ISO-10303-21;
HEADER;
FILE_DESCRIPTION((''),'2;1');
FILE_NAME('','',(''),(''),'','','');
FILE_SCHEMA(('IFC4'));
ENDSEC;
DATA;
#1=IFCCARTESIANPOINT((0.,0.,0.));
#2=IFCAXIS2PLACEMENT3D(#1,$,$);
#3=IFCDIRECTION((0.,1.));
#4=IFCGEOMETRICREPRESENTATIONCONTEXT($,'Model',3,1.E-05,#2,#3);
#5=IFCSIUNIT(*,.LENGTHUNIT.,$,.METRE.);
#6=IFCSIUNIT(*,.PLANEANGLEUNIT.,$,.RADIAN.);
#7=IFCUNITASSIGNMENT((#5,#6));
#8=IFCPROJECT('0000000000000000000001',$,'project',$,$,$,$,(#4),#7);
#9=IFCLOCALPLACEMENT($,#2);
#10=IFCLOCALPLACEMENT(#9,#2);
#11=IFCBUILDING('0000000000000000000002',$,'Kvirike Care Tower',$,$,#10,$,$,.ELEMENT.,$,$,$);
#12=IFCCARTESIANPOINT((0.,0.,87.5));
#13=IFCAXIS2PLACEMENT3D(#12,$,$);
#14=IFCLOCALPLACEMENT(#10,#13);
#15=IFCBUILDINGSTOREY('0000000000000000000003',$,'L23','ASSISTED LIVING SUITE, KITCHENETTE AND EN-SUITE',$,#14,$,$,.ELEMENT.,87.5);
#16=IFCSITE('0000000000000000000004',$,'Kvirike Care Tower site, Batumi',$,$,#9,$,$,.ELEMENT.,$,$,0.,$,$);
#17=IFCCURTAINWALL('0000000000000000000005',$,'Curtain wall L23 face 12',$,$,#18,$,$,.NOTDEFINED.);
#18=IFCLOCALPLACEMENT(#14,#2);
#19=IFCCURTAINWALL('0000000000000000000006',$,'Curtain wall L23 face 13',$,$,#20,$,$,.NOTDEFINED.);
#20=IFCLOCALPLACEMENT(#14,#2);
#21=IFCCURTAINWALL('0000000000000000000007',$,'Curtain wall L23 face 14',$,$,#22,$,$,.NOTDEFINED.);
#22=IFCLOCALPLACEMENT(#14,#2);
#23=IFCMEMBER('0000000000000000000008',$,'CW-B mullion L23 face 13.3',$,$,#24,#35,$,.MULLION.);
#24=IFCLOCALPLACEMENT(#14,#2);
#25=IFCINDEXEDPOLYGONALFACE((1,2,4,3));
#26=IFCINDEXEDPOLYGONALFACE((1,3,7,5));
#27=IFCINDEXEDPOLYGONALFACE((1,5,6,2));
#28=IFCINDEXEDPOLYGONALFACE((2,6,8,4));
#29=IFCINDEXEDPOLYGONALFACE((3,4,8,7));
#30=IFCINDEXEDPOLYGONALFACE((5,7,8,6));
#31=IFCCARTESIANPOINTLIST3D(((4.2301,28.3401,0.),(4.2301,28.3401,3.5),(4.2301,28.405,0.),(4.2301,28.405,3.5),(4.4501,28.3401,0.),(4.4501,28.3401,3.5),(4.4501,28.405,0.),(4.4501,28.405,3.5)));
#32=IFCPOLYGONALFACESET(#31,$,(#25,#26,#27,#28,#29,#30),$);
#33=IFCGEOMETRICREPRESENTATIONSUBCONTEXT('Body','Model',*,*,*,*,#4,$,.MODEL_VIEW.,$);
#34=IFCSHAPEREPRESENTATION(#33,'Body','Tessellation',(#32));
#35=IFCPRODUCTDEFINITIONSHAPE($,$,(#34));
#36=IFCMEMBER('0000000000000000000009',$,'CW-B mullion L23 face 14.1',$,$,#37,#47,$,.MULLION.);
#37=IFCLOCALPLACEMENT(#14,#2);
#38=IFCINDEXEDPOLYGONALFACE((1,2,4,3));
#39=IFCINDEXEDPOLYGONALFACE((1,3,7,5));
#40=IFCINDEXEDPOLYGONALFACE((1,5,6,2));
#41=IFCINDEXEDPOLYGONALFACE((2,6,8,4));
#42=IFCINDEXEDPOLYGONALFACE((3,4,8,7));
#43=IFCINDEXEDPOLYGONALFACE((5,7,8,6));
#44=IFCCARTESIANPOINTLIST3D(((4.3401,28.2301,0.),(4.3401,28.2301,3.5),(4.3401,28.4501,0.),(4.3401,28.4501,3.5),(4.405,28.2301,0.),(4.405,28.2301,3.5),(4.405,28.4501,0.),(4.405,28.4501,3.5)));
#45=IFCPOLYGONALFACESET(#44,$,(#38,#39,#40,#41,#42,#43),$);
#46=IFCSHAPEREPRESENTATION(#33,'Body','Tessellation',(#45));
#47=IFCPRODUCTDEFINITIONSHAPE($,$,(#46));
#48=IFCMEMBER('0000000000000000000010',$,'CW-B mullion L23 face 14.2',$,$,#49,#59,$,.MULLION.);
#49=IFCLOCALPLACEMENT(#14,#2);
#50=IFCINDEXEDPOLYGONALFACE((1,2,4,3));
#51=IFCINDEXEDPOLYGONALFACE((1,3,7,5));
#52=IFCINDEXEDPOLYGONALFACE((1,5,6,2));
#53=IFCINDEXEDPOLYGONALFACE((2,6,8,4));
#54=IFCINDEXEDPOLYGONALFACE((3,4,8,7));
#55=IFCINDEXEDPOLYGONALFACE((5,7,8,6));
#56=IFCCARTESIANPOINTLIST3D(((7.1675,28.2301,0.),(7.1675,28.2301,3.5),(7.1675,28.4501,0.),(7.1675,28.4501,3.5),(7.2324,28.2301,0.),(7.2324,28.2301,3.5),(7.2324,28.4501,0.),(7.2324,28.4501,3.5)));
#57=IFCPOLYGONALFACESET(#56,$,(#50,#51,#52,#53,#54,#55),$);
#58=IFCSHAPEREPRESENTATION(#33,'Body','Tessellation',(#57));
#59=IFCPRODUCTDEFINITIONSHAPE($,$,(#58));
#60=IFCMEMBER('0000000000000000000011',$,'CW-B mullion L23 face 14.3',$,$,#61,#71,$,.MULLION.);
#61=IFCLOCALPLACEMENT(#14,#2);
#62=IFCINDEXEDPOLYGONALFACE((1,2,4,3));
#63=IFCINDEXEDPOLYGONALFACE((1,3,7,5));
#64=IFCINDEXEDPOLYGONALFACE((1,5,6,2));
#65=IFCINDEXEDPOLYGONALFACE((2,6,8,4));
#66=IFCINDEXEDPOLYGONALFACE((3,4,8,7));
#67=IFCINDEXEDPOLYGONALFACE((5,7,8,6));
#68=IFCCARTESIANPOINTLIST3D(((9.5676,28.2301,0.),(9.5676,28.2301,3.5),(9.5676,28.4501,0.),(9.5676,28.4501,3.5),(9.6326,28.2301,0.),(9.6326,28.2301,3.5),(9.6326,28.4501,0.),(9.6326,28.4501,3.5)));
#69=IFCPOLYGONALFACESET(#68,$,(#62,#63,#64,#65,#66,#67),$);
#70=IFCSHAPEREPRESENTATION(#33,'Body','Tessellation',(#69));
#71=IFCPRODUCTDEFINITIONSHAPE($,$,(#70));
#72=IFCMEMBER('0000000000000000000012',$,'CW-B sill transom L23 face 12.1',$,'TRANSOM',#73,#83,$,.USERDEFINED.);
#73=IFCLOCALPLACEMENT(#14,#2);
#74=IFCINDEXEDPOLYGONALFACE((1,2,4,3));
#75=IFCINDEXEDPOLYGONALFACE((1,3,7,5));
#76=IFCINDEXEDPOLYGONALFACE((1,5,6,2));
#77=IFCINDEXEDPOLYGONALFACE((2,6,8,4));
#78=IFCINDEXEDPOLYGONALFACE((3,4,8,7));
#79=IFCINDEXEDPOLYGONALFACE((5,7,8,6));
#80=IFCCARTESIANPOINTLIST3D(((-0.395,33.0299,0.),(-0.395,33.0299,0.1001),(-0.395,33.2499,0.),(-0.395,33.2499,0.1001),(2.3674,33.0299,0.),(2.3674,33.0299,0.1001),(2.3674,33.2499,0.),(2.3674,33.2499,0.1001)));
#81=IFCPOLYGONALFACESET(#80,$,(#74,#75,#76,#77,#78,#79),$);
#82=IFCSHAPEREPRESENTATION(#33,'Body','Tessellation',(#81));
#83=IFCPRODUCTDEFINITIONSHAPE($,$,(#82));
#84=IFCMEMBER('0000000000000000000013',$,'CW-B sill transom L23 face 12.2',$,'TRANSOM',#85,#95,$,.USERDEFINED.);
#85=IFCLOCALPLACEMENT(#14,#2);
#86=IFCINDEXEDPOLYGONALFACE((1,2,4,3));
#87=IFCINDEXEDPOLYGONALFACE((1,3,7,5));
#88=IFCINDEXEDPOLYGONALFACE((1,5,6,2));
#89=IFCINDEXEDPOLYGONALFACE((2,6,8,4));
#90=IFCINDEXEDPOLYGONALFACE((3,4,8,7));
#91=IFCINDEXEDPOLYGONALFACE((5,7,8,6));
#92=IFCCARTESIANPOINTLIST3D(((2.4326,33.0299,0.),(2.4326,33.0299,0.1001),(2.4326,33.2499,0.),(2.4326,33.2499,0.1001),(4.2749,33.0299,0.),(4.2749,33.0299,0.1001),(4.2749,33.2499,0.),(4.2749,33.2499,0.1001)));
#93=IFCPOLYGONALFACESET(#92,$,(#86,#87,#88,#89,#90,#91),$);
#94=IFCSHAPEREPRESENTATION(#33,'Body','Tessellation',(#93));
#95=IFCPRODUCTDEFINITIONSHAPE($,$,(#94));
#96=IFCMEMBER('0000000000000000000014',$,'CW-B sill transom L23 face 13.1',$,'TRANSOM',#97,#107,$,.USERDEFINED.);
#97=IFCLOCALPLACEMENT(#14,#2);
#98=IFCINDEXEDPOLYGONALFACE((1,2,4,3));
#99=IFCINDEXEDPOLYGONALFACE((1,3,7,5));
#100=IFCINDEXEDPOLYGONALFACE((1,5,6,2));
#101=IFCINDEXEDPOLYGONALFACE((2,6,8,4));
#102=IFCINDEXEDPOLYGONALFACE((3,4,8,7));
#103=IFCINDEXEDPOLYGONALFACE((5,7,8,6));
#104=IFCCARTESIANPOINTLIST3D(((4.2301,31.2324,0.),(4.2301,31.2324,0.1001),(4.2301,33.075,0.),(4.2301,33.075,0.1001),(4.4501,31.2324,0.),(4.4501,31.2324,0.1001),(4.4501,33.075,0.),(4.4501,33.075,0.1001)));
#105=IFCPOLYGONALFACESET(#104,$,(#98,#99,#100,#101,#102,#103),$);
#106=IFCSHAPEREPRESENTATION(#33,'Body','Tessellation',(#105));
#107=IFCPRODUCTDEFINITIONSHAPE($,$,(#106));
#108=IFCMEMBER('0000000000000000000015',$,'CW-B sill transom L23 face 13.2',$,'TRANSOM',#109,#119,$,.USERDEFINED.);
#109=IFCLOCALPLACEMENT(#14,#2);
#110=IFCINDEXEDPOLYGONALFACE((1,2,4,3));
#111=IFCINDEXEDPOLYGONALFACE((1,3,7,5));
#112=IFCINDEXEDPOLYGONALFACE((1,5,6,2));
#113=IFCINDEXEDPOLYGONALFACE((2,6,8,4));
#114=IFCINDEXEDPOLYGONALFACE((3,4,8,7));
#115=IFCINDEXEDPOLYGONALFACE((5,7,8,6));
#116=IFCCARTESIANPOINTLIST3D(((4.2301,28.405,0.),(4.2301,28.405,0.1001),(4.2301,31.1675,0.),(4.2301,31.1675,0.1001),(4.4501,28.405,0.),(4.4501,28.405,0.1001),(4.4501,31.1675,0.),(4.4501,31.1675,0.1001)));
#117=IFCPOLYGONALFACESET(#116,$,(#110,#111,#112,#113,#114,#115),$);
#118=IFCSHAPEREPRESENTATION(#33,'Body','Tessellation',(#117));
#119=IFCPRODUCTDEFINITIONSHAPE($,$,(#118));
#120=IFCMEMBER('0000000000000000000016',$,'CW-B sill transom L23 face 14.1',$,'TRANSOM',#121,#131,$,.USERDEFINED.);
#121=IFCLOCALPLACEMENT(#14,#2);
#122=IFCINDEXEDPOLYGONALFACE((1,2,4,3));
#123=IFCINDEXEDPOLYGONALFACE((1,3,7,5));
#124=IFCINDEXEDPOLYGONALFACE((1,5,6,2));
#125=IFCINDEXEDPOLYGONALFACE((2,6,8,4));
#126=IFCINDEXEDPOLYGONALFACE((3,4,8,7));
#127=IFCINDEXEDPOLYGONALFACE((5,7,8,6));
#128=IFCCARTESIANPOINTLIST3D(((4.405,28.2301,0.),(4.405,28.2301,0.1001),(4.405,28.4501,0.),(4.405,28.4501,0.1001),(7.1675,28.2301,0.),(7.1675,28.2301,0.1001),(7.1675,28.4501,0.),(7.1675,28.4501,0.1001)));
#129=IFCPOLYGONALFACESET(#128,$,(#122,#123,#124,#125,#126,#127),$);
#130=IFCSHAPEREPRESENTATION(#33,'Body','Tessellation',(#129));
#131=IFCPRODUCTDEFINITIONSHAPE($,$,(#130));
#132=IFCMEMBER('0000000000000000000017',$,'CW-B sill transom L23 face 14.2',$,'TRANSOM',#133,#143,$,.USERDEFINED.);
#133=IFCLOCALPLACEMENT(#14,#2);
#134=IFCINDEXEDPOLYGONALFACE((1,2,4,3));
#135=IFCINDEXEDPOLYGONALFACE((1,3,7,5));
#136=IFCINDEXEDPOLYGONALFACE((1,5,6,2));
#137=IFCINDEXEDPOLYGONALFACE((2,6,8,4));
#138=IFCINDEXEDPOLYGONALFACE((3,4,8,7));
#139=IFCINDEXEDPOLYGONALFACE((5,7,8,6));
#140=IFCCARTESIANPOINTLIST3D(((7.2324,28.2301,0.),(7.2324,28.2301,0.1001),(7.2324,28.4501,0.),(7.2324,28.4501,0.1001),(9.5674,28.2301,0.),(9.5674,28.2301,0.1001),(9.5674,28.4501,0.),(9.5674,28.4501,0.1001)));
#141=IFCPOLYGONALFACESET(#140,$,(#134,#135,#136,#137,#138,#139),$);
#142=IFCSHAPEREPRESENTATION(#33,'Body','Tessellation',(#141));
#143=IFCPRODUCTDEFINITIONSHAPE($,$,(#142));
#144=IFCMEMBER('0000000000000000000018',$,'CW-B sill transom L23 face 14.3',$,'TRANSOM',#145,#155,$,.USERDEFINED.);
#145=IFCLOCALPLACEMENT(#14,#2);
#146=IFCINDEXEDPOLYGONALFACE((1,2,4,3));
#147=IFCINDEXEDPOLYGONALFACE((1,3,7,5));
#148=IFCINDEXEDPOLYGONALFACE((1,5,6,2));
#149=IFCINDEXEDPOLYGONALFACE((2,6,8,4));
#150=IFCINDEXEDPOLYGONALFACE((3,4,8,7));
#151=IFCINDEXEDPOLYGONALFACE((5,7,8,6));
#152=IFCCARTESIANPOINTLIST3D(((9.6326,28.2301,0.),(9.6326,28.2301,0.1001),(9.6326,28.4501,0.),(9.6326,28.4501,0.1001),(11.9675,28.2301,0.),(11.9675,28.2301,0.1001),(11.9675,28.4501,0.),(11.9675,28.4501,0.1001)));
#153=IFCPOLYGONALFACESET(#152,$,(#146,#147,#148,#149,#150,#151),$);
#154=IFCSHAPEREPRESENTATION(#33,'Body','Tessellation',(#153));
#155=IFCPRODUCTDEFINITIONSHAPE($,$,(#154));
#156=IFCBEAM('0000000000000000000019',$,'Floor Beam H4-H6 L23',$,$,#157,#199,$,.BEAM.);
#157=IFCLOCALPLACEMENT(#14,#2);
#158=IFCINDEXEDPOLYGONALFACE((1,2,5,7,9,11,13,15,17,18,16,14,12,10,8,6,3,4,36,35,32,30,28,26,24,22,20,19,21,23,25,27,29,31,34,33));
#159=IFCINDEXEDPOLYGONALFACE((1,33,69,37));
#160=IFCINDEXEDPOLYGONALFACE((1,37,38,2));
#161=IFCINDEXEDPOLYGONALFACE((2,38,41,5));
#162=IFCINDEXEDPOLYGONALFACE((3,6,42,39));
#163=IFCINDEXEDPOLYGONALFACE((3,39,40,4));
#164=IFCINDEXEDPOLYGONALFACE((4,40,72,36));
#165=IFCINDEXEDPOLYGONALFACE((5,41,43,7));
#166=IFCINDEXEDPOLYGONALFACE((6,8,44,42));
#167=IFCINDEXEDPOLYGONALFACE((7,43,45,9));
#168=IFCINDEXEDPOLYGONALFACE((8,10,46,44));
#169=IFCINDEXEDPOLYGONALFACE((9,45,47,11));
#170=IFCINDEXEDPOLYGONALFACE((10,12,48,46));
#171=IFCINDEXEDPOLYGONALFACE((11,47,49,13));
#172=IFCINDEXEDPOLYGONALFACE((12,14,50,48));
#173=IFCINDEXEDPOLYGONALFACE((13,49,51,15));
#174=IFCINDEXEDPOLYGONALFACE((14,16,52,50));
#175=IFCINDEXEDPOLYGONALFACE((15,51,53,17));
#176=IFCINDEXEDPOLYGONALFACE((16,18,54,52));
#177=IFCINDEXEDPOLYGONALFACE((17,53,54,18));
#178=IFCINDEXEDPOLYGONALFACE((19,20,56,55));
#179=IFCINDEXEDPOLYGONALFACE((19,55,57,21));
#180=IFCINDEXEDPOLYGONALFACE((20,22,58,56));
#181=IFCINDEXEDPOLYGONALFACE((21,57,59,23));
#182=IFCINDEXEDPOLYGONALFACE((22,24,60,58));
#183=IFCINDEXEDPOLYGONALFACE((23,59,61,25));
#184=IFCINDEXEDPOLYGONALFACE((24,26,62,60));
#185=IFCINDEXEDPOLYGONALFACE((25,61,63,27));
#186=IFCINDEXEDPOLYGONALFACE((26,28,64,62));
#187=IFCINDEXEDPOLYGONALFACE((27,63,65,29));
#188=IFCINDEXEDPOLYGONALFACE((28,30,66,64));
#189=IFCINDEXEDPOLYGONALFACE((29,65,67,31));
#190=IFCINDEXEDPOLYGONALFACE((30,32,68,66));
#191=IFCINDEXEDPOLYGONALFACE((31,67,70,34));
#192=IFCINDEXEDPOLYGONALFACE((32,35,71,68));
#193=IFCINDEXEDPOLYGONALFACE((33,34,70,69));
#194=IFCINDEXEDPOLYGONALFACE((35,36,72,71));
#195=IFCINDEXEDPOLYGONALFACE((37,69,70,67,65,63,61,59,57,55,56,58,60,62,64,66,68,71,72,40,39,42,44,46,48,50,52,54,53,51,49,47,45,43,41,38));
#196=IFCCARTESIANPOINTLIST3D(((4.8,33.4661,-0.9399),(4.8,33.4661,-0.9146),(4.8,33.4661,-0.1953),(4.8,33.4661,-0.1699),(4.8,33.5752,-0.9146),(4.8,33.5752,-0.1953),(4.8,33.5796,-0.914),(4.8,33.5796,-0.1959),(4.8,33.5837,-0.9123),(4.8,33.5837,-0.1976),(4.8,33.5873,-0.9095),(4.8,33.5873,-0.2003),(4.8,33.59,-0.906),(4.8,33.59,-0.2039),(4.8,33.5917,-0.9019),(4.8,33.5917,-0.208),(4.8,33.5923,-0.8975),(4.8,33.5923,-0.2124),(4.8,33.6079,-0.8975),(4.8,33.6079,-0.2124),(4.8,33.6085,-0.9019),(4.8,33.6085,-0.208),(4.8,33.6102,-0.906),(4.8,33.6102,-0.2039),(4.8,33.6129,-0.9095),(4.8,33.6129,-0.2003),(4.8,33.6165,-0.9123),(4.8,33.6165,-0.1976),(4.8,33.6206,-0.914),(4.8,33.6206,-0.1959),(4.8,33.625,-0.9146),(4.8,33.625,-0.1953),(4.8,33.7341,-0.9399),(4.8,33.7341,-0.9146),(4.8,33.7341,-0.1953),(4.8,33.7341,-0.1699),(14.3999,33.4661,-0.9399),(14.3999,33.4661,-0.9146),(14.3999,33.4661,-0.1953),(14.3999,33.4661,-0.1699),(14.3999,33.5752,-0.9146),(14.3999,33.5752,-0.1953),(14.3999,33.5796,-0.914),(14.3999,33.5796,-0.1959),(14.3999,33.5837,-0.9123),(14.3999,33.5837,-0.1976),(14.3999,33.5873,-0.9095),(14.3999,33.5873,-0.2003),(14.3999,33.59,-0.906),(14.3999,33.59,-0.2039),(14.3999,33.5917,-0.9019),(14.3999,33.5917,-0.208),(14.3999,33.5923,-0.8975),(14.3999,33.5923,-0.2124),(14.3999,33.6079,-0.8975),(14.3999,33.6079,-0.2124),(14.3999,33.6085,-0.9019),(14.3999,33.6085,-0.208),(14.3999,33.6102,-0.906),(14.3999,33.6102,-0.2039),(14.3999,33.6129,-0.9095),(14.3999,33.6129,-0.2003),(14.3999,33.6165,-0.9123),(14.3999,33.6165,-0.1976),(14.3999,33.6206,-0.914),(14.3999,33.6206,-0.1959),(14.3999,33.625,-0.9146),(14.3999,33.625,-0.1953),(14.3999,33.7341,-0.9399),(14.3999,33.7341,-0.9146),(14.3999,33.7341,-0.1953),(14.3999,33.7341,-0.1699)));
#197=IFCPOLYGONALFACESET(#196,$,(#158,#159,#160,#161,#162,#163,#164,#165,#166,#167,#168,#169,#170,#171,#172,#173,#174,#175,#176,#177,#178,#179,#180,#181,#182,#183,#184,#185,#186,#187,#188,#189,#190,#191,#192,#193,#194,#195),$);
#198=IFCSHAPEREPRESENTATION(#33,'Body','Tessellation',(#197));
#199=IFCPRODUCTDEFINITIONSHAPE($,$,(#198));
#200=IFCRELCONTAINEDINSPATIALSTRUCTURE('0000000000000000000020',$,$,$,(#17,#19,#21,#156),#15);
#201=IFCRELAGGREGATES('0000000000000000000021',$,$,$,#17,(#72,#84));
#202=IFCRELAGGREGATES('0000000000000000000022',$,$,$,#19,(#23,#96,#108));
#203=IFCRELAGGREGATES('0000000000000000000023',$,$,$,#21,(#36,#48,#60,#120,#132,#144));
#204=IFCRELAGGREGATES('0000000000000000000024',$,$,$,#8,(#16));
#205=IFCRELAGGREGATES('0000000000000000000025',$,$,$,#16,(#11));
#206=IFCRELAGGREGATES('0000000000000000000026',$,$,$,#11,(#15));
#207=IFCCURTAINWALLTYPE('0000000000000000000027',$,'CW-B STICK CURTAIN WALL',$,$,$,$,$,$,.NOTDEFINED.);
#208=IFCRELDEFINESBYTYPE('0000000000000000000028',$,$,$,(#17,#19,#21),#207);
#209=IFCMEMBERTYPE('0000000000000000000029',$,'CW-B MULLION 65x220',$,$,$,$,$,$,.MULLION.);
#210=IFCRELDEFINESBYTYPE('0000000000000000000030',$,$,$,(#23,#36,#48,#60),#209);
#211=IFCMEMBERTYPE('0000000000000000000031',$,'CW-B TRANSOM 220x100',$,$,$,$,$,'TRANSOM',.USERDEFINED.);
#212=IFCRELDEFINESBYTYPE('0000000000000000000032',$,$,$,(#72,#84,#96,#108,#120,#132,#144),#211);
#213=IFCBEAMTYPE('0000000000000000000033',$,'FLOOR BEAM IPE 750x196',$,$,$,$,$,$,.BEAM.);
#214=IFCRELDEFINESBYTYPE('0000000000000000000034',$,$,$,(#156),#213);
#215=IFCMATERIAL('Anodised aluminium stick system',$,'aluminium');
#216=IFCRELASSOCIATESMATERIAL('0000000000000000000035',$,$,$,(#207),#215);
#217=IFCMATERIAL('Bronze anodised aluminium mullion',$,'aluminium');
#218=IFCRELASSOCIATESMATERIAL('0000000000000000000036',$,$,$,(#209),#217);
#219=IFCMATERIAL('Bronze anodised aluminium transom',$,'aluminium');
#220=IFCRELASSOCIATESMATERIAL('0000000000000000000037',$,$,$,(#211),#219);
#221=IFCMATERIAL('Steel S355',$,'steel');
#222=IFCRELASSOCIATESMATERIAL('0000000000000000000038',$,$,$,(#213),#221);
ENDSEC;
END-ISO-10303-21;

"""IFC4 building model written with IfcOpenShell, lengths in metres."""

from ifc_helpers import new_model, si_unit, direction, frame, origin, origin_2d, place, context, subcontext, project, spatial, rectangle, i_section, extrude, material, material_profile, profile_set, type_object, element, aggregate, save


model = new_model("IFC4")

# Units and contexts
model_context = context("Model", 3, precision=1e-05, world=origin(), true_north=direction((0.0, 1.0)))
body_context = subcontext(model_context, "Body", "Model", "MODEL_VIEW")
ifc_project = project(units=[si_unit("LENGTHUNIT", "METRE"), si_unit("PLANEANGLEUNIT", "RADIAN")], contexts=[model_context])

# Site, building, storey
site_placement = place(None, origin())
site = spatial("IfcSite", under=ifc_project, at=site_placement, Name="Kvirike Care Tower site, Batumi", CompositionType="ELEMENT", RefElevation=0.0)
building_placement = place(site_placement, origin())
building = spatial("IfcBuilding", under=site, at=building_placement, Name="Kvirike Care Tower", CompositionType="ELEMENT")
storey_placement = place(building_placement, frame((0.0, 0.0, 87.5)))
storey = spatial("IfcBuildingStorey", under=building, at=storey_placement, Name="L23", Description="ASSISTED LIVING SUITE, KITCHENETTE AND EN-SUITE", CompositionType="ELEMENT", Elevation=87.5)

# Curtain walls
ifc_material_1 = material(Name="Anodised aluminium stick system", Category="aluminium")
curtain_wall_type = type_object("IfcCurtainWallType", Name="CW-B STICK CURTAIN WALL", PredefinedType="NOTDEFINED", material=ifc_material_1)
curtain_wall_1_placement = place(storey_placement, origin())
curtain_wall_1 = element("IfcCurtainWall", 1, at=curtain_wall_1_placement, inside=storey, type_object=curtain_wall_type, Name="Curtain wall L23 face 12", PredefinedType="NOTDEFINED")
curtain_wall_2_placement = place(storey_placement, origin())
curtain_wall_2 = element("IfcCurtainWall", 2, at=curtain_wall_2_placement, inside=storey, type_object=curtain_wall_type, Name="Curtain wall L23 face 13", PredefinedType="NOTDEFINED")
curtain_wall_3_placement = place(storey_placement, origin())
curtain_wall_3 = element("IfcCurtainWall", 3, at=curtain_wall_3_placement, inside=storey, type_object=curtain_wall_type, Name="Curtain wall L23 face 14", PredefinedType="NOTDEFINED")
ifc_material_2 = material(Name="Bronze anodised aluminium mullion", Category="aluminium")
ifc_material_profile_1 = material_profile(ifc_material_2, rectangle(XDim=0.0649, YDim=0.22, at=origin_2d()), Name="CW-B MULLION 65x220")
ifc_profile_set_1 = profile_set([ifc_material_profile_1], Name="Bronze anodised aluminium mullion")
member_type_1 = type_object("IfcMemberType", Name="CW-B MULLION 65x220", PredefinedType="MULLION", material=ifc_profile_set_1)

# Members
member_1_placement = place(storey_placement, frame((4.3401, 28.3726, 0.0), z_axis=(0.0, 0.0, 1.0), x_axis=(0.0, -1.0, 0.0)))
member_1 = element("IfcMember", 4, at=member_1_placement, type_object=member_type_1, Name="CW-B mullion L23 face 13.3", PredefinedType="MULLION", context=body_context, shape_type="SweptSolid", body=[
    extrude(rectangle(XDim=0.0649, YDim=0.22, at=origin_2d()), origin(), (0.0, 0.0, 1.0), 3.5),
])
member_2_placement = place(storey_placement, frame((4.3726, 28.3401, 0.0), z_axis=(0.0, 0.0, 1.0), x_axis=(1.0, 0.0, 0.0)))
member_2 = element("IfcMember", 5, at=member_2_placement, type_object=member_type_1, Name="CW-B mullion L23 face 14.1", PredefinedType="MULLION", context=body_context, shape_type="SweptSolid", body=[
    extrude(rectangle(XDim=0.0649, YDim=0.22, at=origin_2d()), origin(), (0.0, 0.0, 1.0), 3.5),
])
member_3_placement = place(storey_placement, frame((7.2, 28.3401, 0.0), z_axis=(0.0, 0.0, 1.0), x_axis=(1.0, 0.0, 0.0)))
member_3 = element("IfcMember", 6, at=member_3_placement, type_object=member_type_1, Name="CW-B mullion L23 face 14.2", PredefinedType="MULLION", context=body_context, shape_type="SweptSolid", body=[
    extrude(rectangle(XDim=0.0649, YDim=0.22, at=origin_2d()), origin(), (0.0, 0.0, 1.0), 3.5),
])
member_4_placement = place(storey_placement, frame((9.6001, 28.3401, 0.0), z_axis=(0.0, 0.0, 1.0), x_axis=(1.0, 0.0, 0.0)))
member_4 = element("IfcMember", 7, at=member_4_placement, type_object=member_type_1, Name="CW-B mullion L23 face 14.3", PredefinedType="MULLION", context=body_context, shape_type="SweptSolid", body=[
    extrude(rectangle(XDim=0.0649, YDim=0.22, at=origin_2d()), origin(), (0.0, 0.0, 1.0), 3.5),
])
ifc_material_3 = material(Name="Bronze anodised aluminium transom", Category="aluminium")
ifc_material_profile_2 = material_profile(ifc_material_3, rectangle(XDim=0.22, YDim=0.1001, at=origin_2d()), Name="CW-B TRANSOM 220x100")
ifc_profile_set_2 = profile_set([ifc_material_profile_2], Name="Bronze anodised aluminium transom")
member_type_2 = type_object("IfcMemberType", Name="CW-B TRANSOM 220x100", ElementType="TRANSOM", PredefinedType="USERDEFINED", material=ifc_profile_set_2)
member_5_placement = place(storey_placement, frame((-0.395, 33.1399, 0.05), z_axis=(1.0, 0.0, 0.0), x_axis=(0.0, 1.0, 0.0)))
member_5 = element("IfcMember", 8, at=member_5_placement, type_object=member_type_2, Name="CW-B sill transom L23 face 12.1", ObjectType="TRANSOM", PredefinedType="USERDEFINED", context=body_context, shape_type="SweptSolid", body=[
    extrude(rectangle(XDim=0.22, YDim=0.1001, at=origin_2d()), origin(), (0.0, 0.0, 1.0), 2.7625),
])
member_6_placement = place(storey_placement, frame((2.4326, 33.1399, 0.05), z_axis=(1.0, 0.0, 0.0), x_axis=(0.0, 1.0, 0.0)))
member_6 = element("IfcMember", 9, at=member_6_placement, type_object=member_type_2, Name="CW-B sill transom L23 face 12.2", ObjectType="TRANSOM", PredefinedType="USERDEFINED", context=body_context, shape_type="SweptSolid", body=[
    extrude(rectangle(XDim=0.22, YDim=0.1001, at=origin_2d()), origin(), (0.0, 0.0, 1.0), 1.8423),
])
member_7_placement = place(storey_placement, frame((4.3401, 33.075, 0.05), z_axis=(0.0, -1.0, 0.0), x_axis=(1.0, 0.0, 0.0)))
member_7 = element("IfcMember", 10, at=member_7_placement, type_object=member_type_2, Name="CW-B sill transom L23 face 13.1", ObjectType="TRANSOM", PredefinedType="USERDEFINED", context=body_context, shape_type="SweptSolid", body=[
    extrude(rectangle(XDim=0.22, YDim=0.1001, at=origin_2d()), origin(), (0.0, 0.0, 1.0), 1.8425),
])
member_8_placement = place(storey_placement, frame((4.3401, 31.1675, 0.05), z_axis=(0.0, -1.0, 0.0), x_axis=(1.0, 0.0, 0.0)))
member_8 = element("IfcMember", 11, at=member_8_placement, type_object=member_type_2, Name="CW-B sill transom L23 face 13.2", ObjectType="TRANSOM", PredefinedType="USERDEFINED", context=body_context, shape_type="SweptSolid", body=[
    extrude(rectangle(XDim=0.22, YDim=0.1001, at=origin_2d()), origin(), (0.0, 0.0, 1.0), 2.7625),
])
member_9_placement = place(storey_placement, frame((4.405, 28.3401, 0.05), z_axis=(1.0, 0.0, 0.0), x_axis=(0.0, 1.0, 0.0)))
member_9 = element("IfcMember", 12, at=member_9_placement, type_object=member_type_2, Name="CW-B sill transom L23 face 14.1", ObjectType="TRANSOM", PredefinedType="USERDEFINED", context=body_context, shape_type="SweptSolid", body=[
    extrude(rectangle(XDim=0.22, YDim=0.1001, at=origin_2d()), origin(), (0.0, 0.0, 1.0), 2.7625),
])
member_10_placement = place(storey_placement, frame((7.2324, 28.3401, 0.05), z_axis=(1.0, 0.0, 0.0), x_axis=(0.0, 1.0, 0.0)))
member_10 = element("IfcMember", 13, at=member_10_placement, type_object=member_type_2, Name="CW-B sill transom L23 face 14.2", ObjectType="TRANSOM", PredefinedType="USERDEFINED", context=body_context, shape_type="SweptSolid", body=[
    extrude(rectangle(XDim=0.22, YDim=0.1001, at=origin_2d()), origin(), (0.0, 0.0, 1.0), 2.335),
])
member_11_placement = place(storey_placement, frame((9.6326, 28.3401, 0.05), z_axis=(1.0, 0.0, 0.0), x_axis=(0.0, 1.0, 0.0)))
member_11 = element("IfcMember", 14, at=member_11_placement, type_object=member_type_2, Name="CW-B sill transom L23 face 14.3", ObjectType="TRANSOM", PredefinedType="USERDEFINED", context=body_context, shape_type="SweptSolid", body=[
    extrude(rectangle(XDim=0.22, YDim=0.1001, at=origin_2d()), origin(), (0.0, 0.0, 1.0), 2.335),
])

# Beam
ifc_material_4 = material(Name="Steel S355", Category="steel")
ifc_material_profile_3 = material_profile(ifc_material_4, i_section(OverallWidth=0.2681, OverallDepth=0.77, WebThickness=0.0156, FlangeThickness=0.0254, FilletRadius=0.0171, at=origin_2d()), Name="IPE 750x196")
ifc_profile_set_3 = profile_set([ifc_material_profile_3], Name="Steel S355")
beam_type_1 = type_object("IfcBeamType", Name="FLOOR BEAM IPE 750x196", PredefinedType="BEAM", material=ifc_profile_set_3)
beam_1_placement = place(storey_placement, frame((4.8, 33.6001, -0.5549), z_axis=(1.0, 0.0, 0.0), x_axis=(0.0, 1.0, 0.0)))
element("IfcBeam", 15, at=beam_1_placement, inside=storey, type_object=beam_type_1, Name="Floor Beam H4-H6 L23", PredefinedType="BEAM", context=body_context, shape_type="SweptSolid", body=[
    extrude(i_section(OverallWidth=0.2681, OverallDepth=0.77, WebThickness=0.0156, FlangeThickness=0.0254, FilletRadius=0.0171, at=origin_2d()), origin(), (0.0, 0.0, 1.0), 9.5999),
])

aggregate(curtain_wall_1, [member_5, member_6])
aggregate(curtain_wall_2, [member_1, member_7, member_8])
aggregate(curtain_wall_3, [member_2, member_3, member_4, member_9, member_10, member_11])

save(model, "model.ifc")
